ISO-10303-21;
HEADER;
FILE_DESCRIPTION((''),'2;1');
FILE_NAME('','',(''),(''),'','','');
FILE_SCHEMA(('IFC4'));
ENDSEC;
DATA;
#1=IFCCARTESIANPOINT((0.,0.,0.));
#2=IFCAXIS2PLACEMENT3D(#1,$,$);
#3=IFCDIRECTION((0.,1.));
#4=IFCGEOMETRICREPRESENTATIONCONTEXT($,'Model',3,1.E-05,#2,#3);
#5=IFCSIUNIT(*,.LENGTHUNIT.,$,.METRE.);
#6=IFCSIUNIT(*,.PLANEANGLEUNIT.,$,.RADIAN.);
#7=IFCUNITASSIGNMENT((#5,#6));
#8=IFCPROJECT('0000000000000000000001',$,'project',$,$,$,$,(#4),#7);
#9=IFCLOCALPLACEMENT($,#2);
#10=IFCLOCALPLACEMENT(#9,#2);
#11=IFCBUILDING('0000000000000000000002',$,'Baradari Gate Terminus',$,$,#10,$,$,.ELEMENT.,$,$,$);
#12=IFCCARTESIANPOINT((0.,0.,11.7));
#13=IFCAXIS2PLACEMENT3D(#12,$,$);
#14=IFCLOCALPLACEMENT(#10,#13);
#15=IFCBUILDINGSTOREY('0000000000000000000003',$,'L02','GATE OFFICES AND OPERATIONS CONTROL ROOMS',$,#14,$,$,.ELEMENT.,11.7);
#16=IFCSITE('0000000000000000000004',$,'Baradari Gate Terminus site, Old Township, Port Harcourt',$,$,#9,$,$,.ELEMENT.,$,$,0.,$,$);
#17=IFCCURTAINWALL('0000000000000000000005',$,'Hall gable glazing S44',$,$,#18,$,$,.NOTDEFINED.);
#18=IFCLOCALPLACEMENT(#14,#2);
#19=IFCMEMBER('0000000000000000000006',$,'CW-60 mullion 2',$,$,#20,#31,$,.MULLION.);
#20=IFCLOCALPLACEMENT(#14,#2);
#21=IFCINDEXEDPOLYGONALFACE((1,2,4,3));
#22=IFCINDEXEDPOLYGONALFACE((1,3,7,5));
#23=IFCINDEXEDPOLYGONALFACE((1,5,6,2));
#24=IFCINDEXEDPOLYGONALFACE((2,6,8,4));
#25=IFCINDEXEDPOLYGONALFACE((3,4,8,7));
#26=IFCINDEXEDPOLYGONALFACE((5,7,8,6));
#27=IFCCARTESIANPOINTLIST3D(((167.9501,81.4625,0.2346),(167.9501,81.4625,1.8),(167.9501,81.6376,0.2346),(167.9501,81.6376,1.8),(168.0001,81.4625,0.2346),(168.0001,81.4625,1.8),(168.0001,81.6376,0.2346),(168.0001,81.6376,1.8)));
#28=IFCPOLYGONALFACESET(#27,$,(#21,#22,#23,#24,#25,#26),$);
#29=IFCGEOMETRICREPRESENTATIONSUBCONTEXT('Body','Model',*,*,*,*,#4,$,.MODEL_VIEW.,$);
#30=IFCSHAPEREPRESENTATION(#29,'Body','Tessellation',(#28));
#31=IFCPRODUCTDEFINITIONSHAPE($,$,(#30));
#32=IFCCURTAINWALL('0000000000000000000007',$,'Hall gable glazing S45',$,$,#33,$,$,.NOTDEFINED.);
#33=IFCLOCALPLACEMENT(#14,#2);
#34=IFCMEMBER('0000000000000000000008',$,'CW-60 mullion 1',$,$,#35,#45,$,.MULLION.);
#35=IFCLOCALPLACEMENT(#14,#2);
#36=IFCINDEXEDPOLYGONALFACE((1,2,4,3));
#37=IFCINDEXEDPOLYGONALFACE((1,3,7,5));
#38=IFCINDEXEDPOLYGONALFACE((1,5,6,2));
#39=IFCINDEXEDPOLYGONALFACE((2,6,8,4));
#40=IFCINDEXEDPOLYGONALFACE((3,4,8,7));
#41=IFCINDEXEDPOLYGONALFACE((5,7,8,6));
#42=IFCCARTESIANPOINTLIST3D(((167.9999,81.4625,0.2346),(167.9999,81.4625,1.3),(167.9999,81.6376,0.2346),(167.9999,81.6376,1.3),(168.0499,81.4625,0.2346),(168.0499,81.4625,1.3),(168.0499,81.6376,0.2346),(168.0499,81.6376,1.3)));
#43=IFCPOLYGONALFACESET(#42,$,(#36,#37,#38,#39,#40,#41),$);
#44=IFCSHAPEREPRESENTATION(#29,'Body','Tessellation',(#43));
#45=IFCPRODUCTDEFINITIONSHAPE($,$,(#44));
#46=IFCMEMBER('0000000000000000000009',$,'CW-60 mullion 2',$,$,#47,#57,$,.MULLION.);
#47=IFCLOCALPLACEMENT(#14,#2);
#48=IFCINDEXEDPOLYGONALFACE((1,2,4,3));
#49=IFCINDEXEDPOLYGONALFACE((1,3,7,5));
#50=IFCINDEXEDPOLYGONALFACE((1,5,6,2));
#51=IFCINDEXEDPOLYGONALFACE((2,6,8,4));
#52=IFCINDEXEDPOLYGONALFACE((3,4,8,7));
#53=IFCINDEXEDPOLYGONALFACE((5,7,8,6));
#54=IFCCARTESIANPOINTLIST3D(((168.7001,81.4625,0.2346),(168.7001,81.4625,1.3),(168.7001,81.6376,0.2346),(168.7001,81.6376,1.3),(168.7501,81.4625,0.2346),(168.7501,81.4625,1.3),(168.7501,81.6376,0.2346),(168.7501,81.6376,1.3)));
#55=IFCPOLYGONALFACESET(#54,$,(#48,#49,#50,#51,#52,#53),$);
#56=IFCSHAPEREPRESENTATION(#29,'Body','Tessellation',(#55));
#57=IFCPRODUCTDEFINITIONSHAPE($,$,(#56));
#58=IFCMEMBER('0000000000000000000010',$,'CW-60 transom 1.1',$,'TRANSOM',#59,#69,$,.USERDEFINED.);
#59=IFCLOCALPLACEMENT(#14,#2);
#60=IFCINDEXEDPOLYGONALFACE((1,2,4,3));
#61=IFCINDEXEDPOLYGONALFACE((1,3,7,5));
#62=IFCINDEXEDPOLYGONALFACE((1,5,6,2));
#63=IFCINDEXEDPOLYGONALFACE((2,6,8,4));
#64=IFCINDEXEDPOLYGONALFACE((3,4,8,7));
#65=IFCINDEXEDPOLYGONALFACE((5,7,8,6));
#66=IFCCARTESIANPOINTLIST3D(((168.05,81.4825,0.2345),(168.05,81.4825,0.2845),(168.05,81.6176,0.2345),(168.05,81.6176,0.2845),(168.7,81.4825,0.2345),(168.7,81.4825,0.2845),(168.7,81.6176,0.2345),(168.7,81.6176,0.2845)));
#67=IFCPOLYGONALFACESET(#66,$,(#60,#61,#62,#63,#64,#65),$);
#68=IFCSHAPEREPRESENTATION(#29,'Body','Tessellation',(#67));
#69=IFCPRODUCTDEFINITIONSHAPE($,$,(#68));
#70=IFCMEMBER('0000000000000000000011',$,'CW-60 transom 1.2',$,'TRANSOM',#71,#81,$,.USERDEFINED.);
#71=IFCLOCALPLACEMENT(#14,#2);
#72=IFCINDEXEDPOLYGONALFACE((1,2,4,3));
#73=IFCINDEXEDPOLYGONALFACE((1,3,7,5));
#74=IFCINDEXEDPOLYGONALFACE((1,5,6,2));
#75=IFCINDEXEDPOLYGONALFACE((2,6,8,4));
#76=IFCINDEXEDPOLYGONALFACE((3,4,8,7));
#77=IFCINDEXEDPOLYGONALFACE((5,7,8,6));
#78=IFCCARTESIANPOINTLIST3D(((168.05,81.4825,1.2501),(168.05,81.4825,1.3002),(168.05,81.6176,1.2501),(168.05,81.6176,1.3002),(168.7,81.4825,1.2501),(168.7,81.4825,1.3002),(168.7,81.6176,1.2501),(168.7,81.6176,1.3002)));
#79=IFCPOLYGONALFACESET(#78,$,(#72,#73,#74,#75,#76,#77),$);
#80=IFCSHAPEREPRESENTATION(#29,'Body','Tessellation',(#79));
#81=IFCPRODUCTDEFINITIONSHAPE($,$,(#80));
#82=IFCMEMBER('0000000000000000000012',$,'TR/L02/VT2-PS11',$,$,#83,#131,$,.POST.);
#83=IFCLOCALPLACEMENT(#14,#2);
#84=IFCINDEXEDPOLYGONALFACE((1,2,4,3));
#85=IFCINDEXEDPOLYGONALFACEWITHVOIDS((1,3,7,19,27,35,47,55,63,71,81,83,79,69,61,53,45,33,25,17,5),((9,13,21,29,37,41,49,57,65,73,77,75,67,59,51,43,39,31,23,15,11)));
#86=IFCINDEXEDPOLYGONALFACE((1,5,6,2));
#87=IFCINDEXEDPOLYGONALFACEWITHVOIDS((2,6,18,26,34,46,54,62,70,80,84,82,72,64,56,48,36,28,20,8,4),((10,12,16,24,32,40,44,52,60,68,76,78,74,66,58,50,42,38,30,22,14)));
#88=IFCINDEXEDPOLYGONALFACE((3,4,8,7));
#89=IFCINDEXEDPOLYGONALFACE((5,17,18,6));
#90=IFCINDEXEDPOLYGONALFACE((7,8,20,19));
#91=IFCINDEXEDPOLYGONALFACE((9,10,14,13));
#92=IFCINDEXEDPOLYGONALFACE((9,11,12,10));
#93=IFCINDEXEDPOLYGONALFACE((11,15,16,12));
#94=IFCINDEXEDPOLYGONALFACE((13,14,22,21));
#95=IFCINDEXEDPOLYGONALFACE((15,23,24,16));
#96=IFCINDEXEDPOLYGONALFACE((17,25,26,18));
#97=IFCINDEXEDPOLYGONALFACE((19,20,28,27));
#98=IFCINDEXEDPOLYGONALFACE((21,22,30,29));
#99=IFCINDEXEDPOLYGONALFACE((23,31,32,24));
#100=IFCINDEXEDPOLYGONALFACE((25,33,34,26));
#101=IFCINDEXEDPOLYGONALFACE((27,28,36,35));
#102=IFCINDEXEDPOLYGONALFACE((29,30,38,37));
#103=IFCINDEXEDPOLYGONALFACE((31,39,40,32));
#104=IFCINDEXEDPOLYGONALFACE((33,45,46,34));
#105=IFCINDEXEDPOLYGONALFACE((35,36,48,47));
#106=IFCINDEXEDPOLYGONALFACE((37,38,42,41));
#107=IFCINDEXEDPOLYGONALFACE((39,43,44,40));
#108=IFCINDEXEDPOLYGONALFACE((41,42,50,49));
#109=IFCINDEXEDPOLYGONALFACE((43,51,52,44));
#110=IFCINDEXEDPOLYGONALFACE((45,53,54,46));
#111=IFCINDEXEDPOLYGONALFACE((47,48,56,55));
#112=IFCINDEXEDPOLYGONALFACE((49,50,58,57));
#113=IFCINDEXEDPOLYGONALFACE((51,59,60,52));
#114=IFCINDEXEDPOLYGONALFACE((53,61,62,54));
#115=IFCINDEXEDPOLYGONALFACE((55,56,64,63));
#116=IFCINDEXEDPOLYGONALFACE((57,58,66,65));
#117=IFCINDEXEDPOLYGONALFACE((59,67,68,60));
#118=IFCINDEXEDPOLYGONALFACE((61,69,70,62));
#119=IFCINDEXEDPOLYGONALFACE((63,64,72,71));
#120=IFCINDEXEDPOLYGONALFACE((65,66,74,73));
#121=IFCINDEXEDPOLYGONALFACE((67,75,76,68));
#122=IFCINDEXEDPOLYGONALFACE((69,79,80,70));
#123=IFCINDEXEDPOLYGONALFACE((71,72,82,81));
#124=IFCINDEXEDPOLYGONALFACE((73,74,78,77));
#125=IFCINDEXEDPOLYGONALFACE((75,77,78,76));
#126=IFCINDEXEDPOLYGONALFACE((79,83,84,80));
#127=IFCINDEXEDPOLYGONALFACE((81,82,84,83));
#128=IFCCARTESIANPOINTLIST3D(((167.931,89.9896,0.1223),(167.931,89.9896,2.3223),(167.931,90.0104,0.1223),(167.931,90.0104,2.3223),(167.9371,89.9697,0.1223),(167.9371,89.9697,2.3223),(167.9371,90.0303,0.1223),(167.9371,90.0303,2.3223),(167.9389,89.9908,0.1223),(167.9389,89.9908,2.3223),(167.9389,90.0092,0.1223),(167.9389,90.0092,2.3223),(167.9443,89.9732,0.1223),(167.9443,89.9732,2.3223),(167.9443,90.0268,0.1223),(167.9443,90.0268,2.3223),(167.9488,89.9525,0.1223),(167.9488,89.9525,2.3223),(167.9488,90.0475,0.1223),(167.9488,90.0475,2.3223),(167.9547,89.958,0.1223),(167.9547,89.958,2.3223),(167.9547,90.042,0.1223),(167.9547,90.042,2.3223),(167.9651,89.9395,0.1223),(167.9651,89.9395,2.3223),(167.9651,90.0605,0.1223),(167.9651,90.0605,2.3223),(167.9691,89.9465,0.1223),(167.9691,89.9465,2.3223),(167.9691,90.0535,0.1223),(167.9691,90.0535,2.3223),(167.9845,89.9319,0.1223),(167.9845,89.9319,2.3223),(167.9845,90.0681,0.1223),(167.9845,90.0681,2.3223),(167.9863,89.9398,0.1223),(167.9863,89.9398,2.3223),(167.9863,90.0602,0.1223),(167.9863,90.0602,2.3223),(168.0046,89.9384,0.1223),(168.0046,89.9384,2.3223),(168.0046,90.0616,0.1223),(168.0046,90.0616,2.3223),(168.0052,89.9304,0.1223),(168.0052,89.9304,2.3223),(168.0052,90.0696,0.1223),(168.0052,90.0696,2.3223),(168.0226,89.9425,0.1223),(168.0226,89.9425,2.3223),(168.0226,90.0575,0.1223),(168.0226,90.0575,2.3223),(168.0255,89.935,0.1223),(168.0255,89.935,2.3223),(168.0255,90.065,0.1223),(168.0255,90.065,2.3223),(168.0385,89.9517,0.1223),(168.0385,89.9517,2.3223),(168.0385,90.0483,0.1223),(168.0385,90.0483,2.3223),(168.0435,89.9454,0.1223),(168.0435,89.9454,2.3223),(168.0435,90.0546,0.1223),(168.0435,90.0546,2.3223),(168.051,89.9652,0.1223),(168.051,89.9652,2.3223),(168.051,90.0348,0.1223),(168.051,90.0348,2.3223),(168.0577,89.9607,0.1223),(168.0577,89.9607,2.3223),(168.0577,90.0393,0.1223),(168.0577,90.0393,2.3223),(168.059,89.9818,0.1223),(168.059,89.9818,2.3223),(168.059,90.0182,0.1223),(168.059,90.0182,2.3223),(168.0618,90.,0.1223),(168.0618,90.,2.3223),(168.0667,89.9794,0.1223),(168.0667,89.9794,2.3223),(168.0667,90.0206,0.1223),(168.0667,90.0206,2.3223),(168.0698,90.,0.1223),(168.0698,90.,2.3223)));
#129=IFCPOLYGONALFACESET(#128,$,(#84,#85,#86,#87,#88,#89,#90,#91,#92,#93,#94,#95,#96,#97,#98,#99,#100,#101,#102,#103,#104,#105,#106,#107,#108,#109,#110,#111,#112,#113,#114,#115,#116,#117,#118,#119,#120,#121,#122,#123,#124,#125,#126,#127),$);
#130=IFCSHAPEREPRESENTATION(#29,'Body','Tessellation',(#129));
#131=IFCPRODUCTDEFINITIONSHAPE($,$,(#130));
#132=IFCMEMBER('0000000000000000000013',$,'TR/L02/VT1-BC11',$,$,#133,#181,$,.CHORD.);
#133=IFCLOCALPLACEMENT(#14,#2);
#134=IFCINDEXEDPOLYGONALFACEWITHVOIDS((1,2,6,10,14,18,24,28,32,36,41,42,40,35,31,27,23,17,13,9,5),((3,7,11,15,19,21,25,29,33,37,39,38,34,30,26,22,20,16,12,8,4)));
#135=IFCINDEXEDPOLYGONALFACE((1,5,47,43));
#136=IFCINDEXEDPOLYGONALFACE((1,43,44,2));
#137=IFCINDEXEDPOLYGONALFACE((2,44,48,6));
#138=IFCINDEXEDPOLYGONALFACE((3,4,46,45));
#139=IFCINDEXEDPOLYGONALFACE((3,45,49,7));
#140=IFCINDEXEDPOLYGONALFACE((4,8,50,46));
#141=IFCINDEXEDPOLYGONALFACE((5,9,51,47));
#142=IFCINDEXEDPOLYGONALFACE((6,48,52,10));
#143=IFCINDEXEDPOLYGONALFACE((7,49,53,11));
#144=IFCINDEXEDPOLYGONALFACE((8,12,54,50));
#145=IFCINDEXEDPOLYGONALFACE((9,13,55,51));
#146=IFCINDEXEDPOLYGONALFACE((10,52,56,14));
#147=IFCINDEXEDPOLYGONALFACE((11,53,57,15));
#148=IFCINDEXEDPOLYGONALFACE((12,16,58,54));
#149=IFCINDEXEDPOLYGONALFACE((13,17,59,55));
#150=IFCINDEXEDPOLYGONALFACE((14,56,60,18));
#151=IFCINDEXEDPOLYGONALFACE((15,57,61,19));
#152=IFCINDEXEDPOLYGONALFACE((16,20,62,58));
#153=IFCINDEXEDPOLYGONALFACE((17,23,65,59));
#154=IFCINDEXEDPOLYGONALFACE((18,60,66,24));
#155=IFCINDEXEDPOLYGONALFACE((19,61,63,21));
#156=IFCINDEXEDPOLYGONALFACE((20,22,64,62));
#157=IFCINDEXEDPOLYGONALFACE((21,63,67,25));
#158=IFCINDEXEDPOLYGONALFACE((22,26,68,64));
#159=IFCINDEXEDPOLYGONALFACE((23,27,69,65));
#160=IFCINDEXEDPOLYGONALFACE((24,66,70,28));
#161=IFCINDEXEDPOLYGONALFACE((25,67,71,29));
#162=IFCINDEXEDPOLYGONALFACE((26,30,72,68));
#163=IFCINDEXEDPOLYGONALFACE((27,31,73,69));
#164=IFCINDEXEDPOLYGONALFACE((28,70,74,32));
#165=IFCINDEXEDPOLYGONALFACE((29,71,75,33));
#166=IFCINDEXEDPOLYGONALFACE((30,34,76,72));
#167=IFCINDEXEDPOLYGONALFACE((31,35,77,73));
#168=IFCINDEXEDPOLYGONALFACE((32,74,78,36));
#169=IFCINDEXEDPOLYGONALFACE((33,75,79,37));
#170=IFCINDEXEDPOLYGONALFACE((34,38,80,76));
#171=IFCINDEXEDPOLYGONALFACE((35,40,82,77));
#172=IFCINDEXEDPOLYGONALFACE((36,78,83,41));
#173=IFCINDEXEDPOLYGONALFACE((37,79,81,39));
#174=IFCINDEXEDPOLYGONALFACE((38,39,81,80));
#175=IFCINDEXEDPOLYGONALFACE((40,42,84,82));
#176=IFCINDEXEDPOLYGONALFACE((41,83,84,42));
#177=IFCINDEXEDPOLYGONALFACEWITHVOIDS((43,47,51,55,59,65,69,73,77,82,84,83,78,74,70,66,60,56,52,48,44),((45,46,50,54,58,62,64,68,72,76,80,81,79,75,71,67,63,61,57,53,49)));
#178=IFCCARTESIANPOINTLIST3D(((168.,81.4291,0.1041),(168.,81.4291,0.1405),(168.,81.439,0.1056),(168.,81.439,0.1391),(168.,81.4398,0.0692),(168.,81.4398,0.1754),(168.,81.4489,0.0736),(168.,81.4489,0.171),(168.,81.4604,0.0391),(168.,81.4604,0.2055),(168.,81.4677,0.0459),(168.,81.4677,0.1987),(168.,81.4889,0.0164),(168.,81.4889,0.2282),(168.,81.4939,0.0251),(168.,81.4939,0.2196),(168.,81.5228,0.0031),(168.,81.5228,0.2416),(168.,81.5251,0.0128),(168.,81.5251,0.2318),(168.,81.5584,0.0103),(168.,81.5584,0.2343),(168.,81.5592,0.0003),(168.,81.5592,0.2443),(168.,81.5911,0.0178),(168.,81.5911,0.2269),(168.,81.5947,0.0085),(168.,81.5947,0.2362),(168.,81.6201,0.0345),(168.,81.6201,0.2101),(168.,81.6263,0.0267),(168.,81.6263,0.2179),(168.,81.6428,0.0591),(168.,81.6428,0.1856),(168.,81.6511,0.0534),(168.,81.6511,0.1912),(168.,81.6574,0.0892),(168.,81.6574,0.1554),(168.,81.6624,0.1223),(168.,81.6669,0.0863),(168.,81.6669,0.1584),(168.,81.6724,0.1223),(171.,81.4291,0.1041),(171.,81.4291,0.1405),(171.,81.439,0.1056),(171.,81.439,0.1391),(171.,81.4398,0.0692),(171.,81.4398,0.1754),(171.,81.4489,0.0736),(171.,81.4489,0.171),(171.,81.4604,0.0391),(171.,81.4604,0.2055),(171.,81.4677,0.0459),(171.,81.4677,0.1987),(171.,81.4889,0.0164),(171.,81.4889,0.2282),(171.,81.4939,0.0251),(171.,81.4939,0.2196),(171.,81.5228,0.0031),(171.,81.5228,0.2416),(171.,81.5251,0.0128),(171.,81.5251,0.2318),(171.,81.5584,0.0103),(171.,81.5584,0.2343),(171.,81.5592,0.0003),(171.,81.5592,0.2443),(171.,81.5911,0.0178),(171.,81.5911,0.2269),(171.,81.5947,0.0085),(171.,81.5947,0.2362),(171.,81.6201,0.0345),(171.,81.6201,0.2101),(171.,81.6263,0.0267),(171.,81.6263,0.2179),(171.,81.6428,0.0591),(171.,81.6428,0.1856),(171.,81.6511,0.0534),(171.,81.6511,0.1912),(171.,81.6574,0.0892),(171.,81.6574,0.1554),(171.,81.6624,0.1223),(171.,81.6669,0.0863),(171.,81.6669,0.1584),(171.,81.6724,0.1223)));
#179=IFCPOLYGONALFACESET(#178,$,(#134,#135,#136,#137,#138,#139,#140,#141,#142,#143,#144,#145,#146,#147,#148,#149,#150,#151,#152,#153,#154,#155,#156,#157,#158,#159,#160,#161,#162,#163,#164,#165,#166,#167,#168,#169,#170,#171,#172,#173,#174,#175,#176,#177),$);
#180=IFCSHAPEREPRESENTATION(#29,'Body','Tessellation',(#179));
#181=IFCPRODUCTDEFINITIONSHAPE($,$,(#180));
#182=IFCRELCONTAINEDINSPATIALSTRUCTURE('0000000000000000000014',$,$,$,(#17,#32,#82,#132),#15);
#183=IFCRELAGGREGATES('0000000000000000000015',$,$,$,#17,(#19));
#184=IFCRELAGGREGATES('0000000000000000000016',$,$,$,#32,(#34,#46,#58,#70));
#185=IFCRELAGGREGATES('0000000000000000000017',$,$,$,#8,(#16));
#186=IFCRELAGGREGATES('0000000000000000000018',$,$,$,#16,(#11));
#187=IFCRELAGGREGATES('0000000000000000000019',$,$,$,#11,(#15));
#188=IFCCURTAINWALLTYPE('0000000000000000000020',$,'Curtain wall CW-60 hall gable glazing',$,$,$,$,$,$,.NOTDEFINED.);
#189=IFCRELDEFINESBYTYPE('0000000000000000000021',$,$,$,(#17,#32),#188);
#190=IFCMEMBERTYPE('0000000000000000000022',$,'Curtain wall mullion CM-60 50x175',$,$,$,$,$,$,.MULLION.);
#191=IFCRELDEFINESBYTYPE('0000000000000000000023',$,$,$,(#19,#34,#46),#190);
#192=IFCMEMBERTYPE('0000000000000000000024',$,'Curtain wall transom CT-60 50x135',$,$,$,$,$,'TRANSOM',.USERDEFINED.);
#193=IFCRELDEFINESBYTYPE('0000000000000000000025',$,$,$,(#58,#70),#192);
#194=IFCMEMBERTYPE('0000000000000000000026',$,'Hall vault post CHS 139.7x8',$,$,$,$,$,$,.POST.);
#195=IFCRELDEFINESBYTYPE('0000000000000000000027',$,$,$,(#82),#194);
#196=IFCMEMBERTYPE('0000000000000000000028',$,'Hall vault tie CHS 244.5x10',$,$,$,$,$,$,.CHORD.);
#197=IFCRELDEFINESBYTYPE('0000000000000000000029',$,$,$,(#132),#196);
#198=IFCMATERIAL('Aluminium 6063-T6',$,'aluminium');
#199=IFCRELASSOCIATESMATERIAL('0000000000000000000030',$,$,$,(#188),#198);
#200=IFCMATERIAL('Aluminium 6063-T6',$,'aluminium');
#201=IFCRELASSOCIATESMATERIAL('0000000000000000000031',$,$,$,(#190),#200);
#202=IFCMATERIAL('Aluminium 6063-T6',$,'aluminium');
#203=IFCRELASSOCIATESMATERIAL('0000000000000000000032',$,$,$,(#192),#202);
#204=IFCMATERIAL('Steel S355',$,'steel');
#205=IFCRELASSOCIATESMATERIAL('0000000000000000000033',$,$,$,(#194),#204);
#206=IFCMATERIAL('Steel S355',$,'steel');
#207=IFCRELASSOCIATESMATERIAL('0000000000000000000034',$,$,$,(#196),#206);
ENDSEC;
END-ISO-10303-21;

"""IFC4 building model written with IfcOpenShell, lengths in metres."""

from ifc_helpers import new_model, si_unit, direction, frame, origin, origin_2d, place, context, subcontext, project, spatial, rectangle, hollow_circle, extrude, material, material_profile, profile_set, type_object, element, aggregate, save


model = new_model("IFC4")

# Units and contexts
model_context = context("Model", 3, precision=1e-05, world=origin(), true_north=direction((0.0, 1.0)))
body_context = subcontext(model_context, "Body", "Model", "MODEL_VIEW")
ifc_project = project(units=[si_unit("LENGTHUNIT", "METRE"), si_unit("PLANEANGLEUNIT", "RADIAN")], contexts=[model_context])

# Site, building, storey
site_placement = place(None, origin())
site = spatial("IfcSite", under=ifc_project, at=site_placement, Name="Baradari Gate Terminus site, Old Township, Port Harcourt", CompositionType="ELEMENT", RefElevation=0.0)
building_placement = place(site_placement, origin())
building = spatial("IfcBuilding", under=site, at=building_placement, Name="Baradari Gate Terminus", CompositionType="ELEMENT")
storey_placement = place(building_placement, frame((0.0, 0.0, 11.7)))
storey = spatial("IfcBuildingStorey", under=building, at=storey_placement, Name="L02", Description="GATE OFFICES AND OPERATIONS CONTROL ROOMS", CompositionType="ELEMENT", Elevation=11.7)

# Curtain wall, member
ifc_material_1 = material(Name="Aluminium 6063-T6", Category="aluminium")
curtain_wall_type = type_object("IfcCurtainWallType", Name="Curtain wall CW-60 hall gable glazing", PredefinedType="NOTDEFINED", material=ifc_material_1)
curtain_wall_1_placement = place(storey_placement, origin())
curtain_wall_1 = element("IfcCurtainWall", 1, at=curtain_wall_1_placement, inside=storey, type_object=curtain_wall_type, Name="Hall gable glazing S44", PredefinedType="NOTDEFINED")
ifc_material_2 = material(Name="Aluminium 6063-T6", Category="aluminium")
ifc_material_profile_1 = material_profile(ifc_material_2, rectangle(XDim=0.175, YDim=0.05, at=origin_2d()), Name="CM-60 50X175")
ifc_profile_set_1 = profile_set([ifc_material_profile_1], Name="Aluminium 6063-T6")
member_type_1 = type_object("IfcMemberType", Name="Curtain wall mullion CM-60 50x175", PredefinedType="MULLION", material=ifc_profile_set_1)
member_1_placement = place(storey_placement, frame((167.9751, 81.55, 0.2346), z_axis=(0.0, 0.0, 1.0), x_axis=(0.0, 1.0, 0.0)))
member_1 = element("IfcMember", 2, at=member_1_placement, type_object=member_type_1, Name="CW-60 mullion 2", PredefinedType="MULLION", context=body_context, shape_type="SweptSolid", body=[
    extrude(rectangle(XDim=0.175, YDim=0.05, at=origin_2d()), origin(), (0.0, 0.0, 1.0), 1.5654),
])

# Curtain wall, members
curtain_wall_2_placement = place(storey_placement, origin())
curtain_wall_2 = element("IfcCurtainWall", 3, at=curtain_wall_2_placement, inside=storey, type_object=curtain_wall_type, Name="Hall gable glazing S45", PredefinedType="NOTDEFINED")
member_2_placement = place(storey_placement, frame((168.0249, 81.55, 0.2346), z_axis=(0.0, 0.0, 1.0), x_axis=(0.0, 1.0, 0.0)))
member_2 = element("IfcMember", 4, at=member_2_placement, type_object=member_type_1, Name="CW-60 mullion 1", PredefinedType="MULLION", context=body_context, shape_type="SweptSolid", body=[
    extrude(rectangle(XDim=0.175, YDim=0.05, at=origin_2d()), origin(), (0.0, 0.0, 1.0), 1.0654),
])
member_3_placement = place(storey_placement, frame((168.7251, 81.55, 0.2346), z_axis=(0.0, 0.0, 1.0), x_axis=(0.0, 1.0, 0.0)))
member_3 = element("IfcMember", 5, at=member_3_placement, type_object=member_type_1, Name="CW-60 mullion 2", PredefinedType="MULLION", context=body_context, shape_type="SweptSolid", body=[
    extrude(rectangle(XDim=0.175, YDim=0.05, at=origin_2d()), origin(), (0.0, 0.0, 1.0), 1.0654),
])
ifc_material_3 = material(Name="Aluminium 6063-T6", Category="aluminium")
ifc_material_profile_2 = material_profile(ifc_material_3, rectangle(XDim=0.135, YDim=0.05, at=origin_2d()), Name="CT-60 50X135")
ifc_profile_set_2 = profile_set([ifc_material_profile_2], Name="Aluminium 6063-T6")
member_type_2 = type_object("IfcMemberType", Name="Curtain wall transom CT-60 50x135", ElementType="TRANSOM", PredefinedType="USERDEFINED", material=ifc_profile_set_2)
member_4_placement = place(storey_placement, frame((168.05, 81.55, 0.2595), z_axis=(1.0, 0.0, 0.0), x_axis=(0.0, 1.0, 0.0)))
member_4 = element("IfcMember", 6, at=member_4_placement, type_object=member_type_2, Name="CW-60 transom 1.1", ObjectType="TRANSOM", PredefinedType="USERDEFINED", context=body_context, shape_type="SweptSolid", body=[
    extrude(rectangle(XDim=0.135, YDim=0.05, at=origin_2d()), origin(), (0.0, 0.0, 1.0), 0.6499),
])
member_5_placement = place(storey_placement, frame((168.05, 81.55, 1.2751), z_axis=(1.0, 0.0, 0.0), x_axis=(0.0, 1.0, 0.0)))
member_5 = element("IfcMember", 7, at=member_5_placement, type_object=member_type_2, Name="CW-60 transom 1.2", ObjectType="TRANSOM", PredefinedType="USERDEFINED", context=body_context, shape_type="SweptSolid", body=[
    extrude(rectangle(XDim=0.135, YDim=0.05, at=origin_2d()), origin(), (0.0, 0.0, 1.0), 0.6499),
])

# Members
ifc_material_4 = material(Name="Steel S355", Category="steel")
ifc_material_profile_3 = material_profile(ifc_material_4, hollow_circle(Radius=0.0698, WallThickness=0.0081, at=origin_2d()), Name="CHS 139.7x8")
ifc_profile_set_3 = profile_set([ifc_material_profile_3], Name="Steel S355")
member_type_3 = type_object("IfcMemberType", Name="Hall vault post CHS 139.7x8", PredefinedType="POST", material=ifc_profile_set_3)
member_6_placement = place(storey_placement, frame((168.0, 90.0, 0.1223), z_axis=(0.0, 0.0, 1.0), x_axis=(1.0, 0.0, 0.0)))
element("IfcMember", 8, at=member_6_placement, inside=storey, type_object=member_type_3, Name="TR/L02/VT2-PS11", PredefinedType="POST", context=body_context, shape_type="SweptSolid", body=[
    extrude(hollow_circle(Radius=0.0698, WallThickness=0.0081, at=origin_2d()), origin(), (0.0, 0.0, 1.0), 2.2),
])
ifc_material_5 = material(Name="Steel S355", Category="steel")
ifc_material_profile_4 = material_profile(ifc_material_5, hollow_circle(Radius=0.1223, WallThickness=0.01, at=origin_2d()), Name="CHS 244.5x10")
ifc_profile_set_4 = profile_set([ifc_material_profile_4], Name="Steel S355")
member_type_4 = type_object("IfcMemberType", Name="Hall vault tie CHS 244.5x10", PredefinedType="CHORD", material=ifc_profile_set_4)
for number, where, z_axis, x_axis, name in (
    (9, (168.0, 81.55, 0.1223), (1.0, 0.0, 0.0), (0.0, 1.0, 0.0), "TR/L02/VT1-BC11"),
):
    element("IfcMember", number, at=place(storey_placement, frame(where, z_axis=z_axis, x_axis=x_axis)), inside=storey, type_object=member_type_4, Name=name, PredefinedType="CHORD", context=body_context, shape_type="SweptSolid", body=[
        extrude(hollow_circle(Radius=0.1223, WallThickness=0.01, at=origin_2d()), origin(), (0.0, 0.0, 1.0), 3.0),
    ])

aggregate(curtain_wall_1, [member_1])
aggregate(curtain_wall_2, [member_2, member_3, member_4, member_5])

save(model, "model.ifc")
